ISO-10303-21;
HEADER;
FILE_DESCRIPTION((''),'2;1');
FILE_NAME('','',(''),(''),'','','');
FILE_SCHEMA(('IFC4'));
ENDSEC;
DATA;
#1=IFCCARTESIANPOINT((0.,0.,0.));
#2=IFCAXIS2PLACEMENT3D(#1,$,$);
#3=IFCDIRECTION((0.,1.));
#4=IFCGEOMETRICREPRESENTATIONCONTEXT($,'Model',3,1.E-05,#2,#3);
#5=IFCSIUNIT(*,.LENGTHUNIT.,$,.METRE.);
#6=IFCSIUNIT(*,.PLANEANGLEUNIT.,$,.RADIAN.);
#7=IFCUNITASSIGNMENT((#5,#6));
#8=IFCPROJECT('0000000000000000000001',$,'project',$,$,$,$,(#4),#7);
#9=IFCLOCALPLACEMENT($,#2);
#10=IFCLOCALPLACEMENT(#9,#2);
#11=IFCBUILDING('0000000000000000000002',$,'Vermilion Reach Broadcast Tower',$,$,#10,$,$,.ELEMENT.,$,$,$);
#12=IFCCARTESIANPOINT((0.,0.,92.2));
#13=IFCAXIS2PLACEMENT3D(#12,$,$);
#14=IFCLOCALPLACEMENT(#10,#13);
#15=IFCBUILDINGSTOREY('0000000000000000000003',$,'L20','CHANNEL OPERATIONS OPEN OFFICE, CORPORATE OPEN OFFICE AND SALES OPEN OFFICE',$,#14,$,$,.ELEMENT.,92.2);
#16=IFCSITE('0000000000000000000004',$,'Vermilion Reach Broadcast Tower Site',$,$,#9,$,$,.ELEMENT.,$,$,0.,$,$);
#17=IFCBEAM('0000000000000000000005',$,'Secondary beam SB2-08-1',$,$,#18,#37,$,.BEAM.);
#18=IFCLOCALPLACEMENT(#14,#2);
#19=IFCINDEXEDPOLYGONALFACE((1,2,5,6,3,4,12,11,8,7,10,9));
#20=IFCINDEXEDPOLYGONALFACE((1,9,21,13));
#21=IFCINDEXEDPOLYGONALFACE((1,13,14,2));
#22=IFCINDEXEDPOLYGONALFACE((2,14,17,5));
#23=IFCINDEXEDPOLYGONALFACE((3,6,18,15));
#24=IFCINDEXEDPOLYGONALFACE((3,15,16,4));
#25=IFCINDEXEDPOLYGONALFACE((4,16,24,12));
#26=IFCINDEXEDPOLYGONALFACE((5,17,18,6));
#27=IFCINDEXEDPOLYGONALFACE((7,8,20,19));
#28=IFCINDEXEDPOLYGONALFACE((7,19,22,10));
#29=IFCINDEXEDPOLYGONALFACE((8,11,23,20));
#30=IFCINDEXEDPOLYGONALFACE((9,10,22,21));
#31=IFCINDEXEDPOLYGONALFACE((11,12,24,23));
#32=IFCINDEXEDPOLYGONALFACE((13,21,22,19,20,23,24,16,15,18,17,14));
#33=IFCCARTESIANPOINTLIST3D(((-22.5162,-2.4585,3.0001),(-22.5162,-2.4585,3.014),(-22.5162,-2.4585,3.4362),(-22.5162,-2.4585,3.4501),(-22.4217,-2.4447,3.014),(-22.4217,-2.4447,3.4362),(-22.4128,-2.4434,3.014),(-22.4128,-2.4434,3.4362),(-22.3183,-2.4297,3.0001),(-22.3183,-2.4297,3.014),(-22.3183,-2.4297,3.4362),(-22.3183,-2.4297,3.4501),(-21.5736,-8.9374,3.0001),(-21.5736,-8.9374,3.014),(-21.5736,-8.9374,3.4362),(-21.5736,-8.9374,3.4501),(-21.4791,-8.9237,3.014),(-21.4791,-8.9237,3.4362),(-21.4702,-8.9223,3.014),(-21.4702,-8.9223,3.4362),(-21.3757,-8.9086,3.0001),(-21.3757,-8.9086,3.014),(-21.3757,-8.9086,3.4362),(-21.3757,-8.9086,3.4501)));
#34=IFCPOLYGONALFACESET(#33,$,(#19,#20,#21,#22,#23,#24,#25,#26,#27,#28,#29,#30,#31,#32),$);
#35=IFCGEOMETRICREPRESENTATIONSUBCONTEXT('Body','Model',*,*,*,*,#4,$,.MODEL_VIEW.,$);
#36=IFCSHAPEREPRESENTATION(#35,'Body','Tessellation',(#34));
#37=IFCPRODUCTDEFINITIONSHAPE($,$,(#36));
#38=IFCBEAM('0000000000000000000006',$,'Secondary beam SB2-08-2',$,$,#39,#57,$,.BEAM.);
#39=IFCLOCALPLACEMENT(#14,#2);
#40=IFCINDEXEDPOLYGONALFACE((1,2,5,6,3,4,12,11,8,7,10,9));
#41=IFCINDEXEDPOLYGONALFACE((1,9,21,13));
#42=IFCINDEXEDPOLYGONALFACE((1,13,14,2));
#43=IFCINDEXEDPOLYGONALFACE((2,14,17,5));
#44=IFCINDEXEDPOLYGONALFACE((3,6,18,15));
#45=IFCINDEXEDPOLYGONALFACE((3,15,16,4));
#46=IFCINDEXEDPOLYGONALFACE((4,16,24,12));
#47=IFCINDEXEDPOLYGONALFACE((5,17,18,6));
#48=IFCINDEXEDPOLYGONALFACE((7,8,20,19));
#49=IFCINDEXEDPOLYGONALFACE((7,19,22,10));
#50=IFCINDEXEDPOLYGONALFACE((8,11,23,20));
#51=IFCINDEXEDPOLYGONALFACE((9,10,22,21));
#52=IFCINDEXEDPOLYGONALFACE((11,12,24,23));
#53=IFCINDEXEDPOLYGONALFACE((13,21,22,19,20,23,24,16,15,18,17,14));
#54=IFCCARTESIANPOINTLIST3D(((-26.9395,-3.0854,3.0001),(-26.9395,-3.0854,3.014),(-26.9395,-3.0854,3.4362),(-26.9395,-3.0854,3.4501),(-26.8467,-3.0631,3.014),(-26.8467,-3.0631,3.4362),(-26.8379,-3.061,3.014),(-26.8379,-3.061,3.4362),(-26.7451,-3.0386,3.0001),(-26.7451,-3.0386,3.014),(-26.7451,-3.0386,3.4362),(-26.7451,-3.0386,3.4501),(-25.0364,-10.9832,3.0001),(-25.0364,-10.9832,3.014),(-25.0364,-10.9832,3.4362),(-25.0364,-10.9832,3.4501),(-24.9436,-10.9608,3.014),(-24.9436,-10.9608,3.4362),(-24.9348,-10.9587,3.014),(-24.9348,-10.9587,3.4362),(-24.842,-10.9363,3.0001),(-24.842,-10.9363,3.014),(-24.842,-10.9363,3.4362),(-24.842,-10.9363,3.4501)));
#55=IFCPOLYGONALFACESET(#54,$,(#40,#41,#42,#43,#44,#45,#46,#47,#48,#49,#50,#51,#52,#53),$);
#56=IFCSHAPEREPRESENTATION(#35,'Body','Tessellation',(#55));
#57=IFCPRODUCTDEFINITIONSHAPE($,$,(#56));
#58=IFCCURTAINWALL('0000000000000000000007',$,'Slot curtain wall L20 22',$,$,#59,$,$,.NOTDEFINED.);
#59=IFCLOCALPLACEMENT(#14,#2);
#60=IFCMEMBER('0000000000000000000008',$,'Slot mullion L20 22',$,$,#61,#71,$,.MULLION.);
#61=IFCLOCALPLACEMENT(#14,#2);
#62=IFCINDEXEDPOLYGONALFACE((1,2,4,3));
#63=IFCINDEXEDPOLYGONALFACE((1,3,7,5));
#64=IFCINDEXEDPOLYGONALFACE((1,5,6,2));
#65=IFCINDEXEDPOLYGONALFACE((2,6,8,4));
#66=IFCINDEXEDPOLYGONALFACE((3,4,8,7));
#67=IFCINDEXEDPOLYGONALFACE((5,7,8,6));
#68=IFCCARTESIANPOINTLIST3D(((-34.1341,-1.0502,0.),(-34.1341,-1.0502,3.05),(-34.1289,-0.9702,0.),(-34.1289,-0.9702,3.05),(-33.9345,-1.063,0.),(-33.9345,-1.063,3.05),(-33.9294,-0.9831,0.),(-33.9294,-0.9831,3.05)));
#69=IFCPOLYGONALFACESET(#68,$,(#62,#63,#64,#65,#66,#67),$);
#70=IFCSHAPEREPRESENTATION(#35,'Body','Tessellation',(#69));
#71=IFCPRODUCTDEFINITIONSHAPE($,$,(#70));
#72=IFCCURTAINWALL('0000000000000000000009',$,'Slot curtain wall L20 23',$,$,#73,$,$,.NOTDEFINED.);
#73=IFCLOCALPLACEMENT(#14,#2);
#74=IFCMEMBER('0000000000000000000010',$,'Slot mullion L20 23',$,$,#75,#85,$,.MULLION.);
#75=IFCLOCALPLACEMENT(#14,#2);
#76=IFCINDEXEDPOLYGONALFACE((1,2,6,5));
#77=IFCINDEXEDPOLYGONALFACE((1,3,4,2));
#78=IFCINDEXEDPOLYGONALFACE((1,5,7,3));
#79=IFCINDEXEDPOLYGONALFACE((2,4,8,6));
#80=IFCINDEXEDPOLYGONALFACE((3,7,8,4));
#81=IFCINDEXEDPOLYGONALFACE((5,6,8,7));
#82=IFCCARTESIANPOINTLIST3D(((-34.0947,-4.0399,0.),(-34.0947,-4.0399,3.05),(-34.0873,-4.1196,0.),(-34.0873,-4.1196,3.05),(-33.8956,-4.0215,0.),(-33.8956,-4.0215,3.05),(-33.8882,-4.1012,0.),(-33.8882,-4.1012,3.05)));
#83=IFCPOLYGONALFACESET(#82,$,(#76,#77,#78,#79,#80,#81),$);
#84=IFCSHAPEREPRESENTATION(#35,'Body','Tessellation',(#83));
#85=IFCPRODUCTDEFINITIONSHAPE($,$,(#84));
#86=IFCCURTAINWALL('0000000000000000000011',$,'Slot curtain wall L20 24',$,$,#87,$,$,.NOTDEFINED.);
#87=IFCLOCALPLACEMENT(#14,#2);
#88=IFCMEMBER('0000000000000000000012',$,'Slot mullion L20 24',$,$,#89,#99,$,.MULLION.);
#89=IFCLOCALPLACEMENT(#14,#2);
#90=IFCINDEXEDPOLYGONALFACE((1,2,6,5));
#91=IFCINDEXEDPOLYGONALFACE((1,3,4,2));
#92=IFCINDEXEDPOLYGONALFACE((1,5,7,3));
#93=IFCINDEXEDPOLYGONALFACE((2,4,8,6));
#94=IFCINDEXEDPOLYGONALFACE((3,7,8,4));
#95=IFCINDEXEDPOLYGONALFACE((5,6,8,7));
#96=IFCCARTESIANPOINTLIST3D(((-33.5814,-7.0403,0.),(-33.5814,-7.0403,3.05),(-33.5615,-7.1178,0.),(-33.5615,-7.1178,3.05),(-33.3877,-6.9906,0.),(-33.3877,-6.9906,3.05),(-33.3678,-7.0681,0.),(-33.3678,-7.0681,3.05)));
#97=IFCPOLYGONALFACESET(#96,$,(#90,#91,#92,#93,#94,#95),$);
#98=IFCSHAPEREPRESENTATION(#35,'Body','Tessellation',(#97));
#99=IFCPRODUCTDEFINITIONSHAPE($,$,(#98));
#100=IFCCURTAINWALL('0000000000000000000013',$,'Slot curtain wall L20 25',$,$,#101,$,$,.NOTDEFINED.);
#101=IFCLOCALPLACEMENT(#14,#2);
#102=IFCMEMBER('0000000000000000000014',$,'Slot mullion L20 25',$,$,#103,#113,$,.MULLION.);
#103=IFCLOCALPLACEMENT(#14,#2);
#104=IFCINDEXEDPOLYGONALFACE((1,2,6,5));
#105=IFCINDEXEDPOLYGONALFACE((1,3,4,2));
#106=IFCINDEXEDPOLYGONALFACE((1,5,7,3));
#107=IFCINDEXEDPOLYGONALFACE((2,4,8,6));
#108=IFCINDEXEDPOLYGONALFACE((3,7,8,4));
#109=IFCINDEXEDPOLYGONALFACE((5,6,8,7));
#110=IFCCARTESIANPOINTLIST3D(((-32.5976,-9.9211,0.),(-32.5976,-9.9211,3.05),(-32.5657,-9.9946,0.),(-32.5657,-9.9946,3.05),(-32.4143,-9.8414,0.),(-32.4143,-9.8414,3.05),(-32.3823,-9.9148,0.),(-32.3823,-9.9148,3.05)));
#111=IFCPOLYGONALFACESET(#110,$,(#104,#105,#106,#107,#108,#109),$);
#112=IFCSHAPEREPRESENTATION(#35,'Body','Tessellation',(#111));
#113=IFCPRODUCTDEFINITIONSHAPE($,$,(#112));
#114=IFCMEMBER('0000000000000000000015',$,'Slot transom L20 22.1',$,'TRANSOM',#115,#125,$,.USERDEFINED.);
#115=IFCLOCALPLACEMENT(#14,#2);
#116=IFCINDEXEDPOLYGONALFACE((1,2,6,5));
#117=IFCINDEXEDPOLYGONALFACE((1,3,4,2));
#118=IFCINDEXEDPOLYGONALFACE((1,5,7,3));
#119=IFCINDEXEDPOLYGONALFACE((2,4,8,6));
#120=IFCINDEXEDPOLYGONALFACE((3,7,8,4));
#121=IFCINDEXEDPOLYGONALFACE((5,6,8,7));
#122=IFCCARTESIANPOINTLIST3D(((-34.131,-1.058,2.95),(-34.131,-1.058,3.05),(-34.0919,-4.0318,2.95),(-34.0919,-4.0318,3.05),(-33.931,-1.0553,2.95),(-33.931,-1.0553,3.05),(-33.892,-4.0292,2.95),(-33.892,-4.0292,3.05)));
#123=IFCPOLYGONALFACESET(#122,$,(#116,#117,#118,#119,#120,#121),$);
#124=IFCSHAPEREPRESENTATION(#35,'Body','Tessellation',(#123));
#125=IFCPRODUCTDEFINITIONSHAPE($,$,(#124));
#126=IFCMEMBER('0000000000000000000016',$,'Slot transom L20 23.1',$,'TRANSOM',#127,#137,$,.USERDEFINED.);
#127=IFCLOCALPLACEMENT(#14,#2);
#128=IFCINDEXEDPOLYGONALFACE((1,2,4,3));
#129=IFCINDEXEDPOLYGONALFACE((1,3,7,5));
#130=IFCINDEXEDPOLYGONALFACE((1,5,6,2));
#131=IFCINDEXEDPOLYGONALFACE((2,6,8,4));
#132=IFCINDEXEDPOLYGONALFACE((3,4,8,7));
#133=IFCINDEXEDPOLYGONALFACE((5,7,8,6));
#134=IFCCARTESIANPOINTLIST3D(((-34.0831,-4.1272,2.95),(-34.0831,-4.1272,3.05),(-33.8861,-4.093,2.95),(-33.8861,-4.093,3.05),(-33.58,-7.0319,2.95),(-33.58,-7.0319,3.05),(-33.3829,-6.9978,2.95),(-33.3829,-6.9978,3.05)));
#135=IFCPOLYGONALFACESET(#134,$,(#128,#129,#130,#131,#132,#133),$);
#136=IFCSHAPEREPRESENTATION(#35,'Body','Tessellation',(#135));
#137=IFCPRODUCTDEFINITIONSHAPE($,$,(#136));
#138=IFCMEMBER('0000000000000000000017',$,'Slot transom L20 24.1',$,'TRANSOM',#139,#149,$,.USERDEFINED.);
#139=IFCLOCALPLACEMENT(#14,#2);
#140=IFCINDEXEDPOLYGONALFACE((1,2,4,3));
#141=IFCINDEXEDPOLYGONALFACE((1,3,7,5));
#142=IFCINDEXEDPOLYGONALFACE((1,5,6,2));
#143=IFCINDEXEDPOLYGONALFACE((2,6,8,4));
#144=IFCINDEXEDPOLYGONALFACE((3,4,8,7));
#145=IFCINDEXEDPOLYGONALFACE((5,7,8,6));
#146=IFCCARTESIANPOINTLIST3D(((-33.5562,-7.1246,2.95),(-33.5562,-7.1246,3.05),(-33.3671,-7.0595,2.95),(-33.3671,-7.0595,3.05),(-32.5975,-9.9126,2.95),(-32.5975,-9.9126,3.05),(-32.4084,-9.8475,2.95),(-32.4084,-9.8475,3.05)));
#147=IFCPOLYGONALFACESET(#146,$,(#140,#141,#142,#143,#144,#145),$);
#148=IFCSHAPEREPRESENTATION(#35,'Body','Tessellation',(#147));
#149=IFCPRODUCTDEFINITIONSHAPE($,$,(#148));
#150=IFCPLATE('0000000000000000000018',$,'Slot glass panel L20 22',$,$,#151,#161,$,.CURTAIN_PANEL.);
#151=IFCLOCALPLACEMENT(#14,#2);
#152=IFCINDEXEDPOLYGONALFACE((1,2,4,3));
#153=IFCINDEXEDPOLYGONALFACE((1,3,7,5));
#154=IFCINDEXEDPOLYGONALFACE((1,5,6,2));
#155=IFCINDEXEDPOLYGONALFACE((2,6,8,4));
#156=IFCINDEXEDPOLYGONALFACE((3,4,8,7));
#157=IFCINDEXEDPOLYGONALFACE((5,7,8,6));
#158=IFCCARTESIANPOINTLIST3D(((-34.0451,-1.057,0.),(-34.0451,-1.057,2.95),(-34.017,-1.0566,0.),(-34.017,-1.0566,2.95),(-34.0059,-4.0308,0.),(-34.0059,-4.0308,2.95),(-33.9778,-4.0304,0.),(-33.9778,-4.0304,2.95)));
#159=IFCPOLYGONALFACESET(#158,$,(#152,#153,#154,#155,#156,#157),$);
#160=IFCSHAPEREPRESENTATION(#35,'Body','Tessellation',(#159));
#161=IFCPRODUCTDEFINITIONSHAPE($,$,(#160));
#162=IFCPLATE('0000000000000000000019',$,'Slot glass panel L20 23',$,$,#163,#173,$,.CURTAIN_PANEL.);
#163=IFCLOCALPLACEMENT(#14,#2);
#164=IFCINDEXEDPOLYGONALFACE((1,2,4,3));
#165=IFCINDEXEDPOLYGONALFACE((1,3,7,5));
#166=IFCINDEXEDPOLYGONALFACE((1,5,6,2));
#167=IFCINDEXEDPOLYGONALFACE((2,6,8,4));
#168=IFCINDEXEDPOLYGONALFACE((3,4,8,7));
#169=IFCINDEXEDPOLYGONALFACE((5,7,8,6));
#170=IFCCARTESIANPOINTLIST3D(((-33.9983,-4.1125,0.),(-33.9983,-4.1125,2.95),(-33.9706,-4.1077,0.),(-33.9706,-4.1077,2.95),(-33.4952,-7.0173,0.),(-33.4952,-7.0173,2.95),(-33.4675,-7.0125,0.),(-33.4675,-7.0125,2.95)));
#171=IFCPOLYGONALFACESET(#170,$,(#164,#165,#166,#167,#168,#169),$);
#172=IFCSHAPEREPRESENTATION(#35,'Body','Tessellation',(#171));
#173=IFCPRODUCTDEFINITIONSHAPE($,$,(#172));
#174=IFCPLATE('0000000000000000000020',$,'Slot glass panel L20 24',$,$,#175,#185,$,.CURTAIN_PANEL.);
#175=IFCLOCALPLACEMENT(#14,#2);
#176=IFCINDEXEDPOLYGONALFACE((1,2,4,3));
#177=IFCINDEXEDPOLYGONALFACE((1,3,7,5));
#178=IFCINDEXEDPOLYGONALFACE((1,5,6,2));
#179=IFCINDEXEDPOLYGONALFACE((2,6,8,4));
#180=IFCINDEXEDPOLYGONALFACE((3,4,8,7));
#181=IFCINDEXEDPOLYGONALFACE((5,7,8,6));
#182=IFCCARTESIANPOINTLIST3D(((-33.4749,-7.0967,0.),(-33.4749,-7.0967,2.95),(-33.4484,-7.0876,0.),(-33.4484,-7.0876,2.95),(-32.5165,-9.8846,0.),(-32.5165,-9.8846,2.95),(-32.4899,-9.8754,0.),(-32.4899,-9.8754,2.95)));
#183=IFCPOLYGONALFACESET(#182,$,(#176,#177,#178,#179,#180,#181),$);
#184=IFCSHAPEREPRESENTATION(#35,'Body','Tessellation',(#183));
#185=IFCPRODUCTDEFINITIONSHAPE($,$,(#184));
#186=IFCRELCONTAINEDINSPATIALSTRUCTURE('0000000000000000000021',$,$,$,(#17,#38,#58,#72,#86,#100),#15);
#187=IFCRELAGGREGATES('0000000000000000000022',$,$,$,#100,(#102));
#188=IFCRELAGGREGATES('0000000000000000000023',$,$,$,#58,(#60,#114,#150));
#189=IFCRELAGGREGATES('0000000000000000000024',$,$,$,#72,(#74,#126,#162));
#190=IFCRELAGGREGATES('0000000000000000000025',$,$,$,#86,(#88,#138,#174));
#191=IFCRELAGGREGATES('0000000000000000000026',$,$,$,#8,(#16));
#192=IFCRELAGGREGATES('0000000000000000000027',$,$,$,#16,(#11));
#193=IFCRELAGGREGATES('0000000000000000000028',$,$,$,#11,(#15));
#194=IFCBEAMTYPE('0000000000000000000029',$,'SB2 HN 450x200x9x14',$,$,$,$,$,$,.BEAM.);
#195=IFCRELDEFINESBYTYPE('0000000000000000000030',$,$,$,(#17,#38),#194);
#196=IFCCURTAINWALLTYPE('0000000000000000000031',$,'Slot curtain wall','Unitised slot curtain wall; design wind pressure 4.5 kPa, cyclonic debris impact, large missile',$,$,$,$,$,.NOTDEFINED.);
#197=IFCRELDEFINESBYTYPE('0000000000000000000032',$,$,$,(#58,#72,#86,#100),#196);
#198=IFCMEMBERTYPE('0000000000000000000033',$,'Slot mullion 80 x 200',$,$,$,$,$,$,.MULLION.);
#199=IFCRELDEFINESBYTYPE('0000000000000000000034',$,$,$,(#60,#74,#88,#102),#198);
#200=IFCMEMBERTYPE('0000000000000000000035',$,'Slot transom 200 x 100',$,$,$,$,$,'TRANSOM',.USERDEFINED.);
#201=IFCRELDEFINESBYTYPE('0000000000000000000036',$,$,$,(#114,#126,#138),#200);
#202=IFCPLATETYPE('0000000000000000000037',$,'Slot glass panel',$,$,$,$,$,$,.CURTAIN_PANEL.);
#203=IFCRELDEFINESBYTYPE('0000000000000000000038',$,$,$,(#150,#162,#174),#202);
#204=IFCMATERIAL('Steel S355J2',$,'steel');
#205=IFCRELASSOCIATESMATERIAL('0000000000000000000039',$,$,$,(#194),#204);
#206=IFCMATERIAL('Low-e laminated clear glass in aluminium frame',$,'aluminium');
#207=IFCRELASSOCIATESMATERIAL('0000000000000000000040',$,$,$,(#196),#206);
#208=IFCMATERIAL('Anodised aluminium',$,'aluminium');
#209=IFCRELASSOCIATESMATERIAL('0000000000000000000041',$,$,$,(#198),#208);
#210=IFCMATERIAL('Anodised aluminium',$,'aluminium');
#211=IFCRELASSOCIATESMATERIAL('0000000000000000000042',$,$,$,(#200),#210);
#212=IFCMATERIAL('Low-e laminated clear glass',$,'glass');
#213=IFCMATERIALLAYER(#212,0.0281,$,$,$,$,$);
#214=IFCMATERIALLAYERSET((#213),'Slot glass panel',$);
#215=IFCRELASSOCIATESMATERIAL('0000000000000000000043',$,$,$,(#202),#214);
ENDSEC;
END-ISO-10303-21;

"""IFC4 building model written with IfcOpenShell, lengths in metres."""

from ifc_helpers import new_model, si_unit, direction, frame, origin, origin_2d, place, context, subcontext, project, spatial, rectangle, i_section, extrude, material, layer, layer_set, material_profile, profile_set, type_object, element, aggregate, save


model = new_model("IFC4")

# Units and contexts
model_context = context("Model", 3, precision=1e-05, world=origin(), true_north=direction((0.0, 1.0)))
body_context = subcontext(model_context, "Body", "Model", "MODEL_VIEW")
ifc_project = project(units=[si_unit("LENGTHUNIT", "METRE"), si_unit("PLANEANGLEUNIT", "RADIAN")], contexts=[model_context])

# Site, building, storey
site_placement = place(None, origin())
site = spatial("IfcSite", under=ifc_project, at=site_placement, Name="Vermilion Reach Broadcast Tower Site", CompositionType="ELEMENT", RefElevation=0.0)
building_placement = place(site_placement, origin())
building = spatial("IfcBuilding", under=site, at=building_placement, Name="Vermilion Reach Broadcast Tower", CompositionType="ELEMENT")
storey_placement = place(building_placement, frame((0.0, 0.0, 92.2)))
storey = spatial("IfcBuildingStorey", under=building, at=storey_placement, Name="L20", Description="CHANNEL OPERATIONS OPEN OFFICE, CORPORATE OPEN OFFICE AND SALES OPEN OFFICE", CompositionType="ELEMENT", Elevation=92.2)

# Beams
ifc_material_1 = material(Name="Steel S355J2", Category="steel")
ifc_material_profile_1 = material_profile(ifc_material_1, i_section(OverallWidth=0.2, OverallDepth=0.45, WebThickness=0.009, FlangeThickness=0.0139, at=origin_2d()), Name="S355J2 HN 450x200x9x14")
ifc_profile_set_1 = profile_set([ifc_material_profile_1], Name="Steel S355J2")
beam_type_1 = type_object("IfcBeamType", Name="SB2 HN 450x200x9x14", PredefinedType="BEAM", material=ifc_profile_set_1)
beam_1_placement = place(storey_placement, frame((-22.4172, -2.4441, 3.2251), z_axis=(0.143974, -0.989582, 0.0), x_axis=(0.989582, 0.143974, 0.0)))
element("IfcBeam", 1, at=beam_1_placement, inside=storey, type_object=beam_type_1, Name="Secondary beam SB2-08-1", PredefinedType="BEAM", context=body_context, shape_type="SweptSolid", body=[
    extrude(i_section(OverallWidth=0.2, OverallDepth=0.45, WebThickness=0.009, FlangeThickness=0.0139, at=origin_2d()), origin(), (0.0, 0.0, 1.0), 6.5471),
])
beam_2_placement = place(storey_placement, frame((-26.8423, -3.062, 3.2251), z_axis=(0.234261, -0.972174, 0.0), x_axis=(0.972174, 0.234261, 0.0)))
element("IfcBeam", 2, at=beam_2_placement, inside=storey, type_object=beam_type_1, Name="Secondary beam SB2-08-2", PredefinedType="BEAM", context=body_context, shape_type="SweptSolid", body=[
    extrude(i_section(OverallWidth=0.2, OverallDepth=0.45, WebThickness=0.009, FlangeThickness=0.0139, at=origin_2d()), origin(), (0.0, 0.0, 1.0), 8.1238),
])

# Curtain walls, members
ifc_material_2 = material(Name="Low-e laminated clear glass in aluminium frame", Category="aluminium")
curtain_wall_type = type_object("IfcCurtainWallType", Name="Slot curtain wall", Description="Unitised slot curtain wall; design wind pressure 4.5 kPa, cyclonic debris impact, large missile", PredefinedType="NOTDEFINED", material=ifc_material_2)
placement = place(storey_placement, origin())
curtain_wall_1 = element("IfcCurtainWall", 3, at=placement, inside=storey, type_object=curtain_wall_type, Name="Slot curtain wall L20 22", PredefinedType="NOTDEFINED")
ifc_material_3 = material(Name="Anodised aluminium", Category="aluminium")
ifc_material_profile_2 = material_profile(ifc_material_3, rectangle(XDim=0.2, YDim=0.0801, at=origin_2d()), Name="Slot mullion 80 x 200")
ifc_profile_set_2 = profile_set([ifc_material_profile_2], Name="Anodised aluminium")
member_type_1 = type_object("IfcMemberType", Name="Slot mullion 80 x 200", PredefinedType="MULLION", material=ifc_profile_set_2)
member_1_placement = place(storey_placement, frame((-34.0317, -1.0166, 0.0), z_axis=(0.0, 0.0, 1.0), x_axis=(0.997945, -0.06407, 0.0)))
member_1 = element("IfcMember", 4, at=member_1_placement, type_object=member_type_1, Name="Slot mullion L20 22", PredefinedType="MULLION", context=body_context, shape_type="SweptSolid", body=[
    extrude(rectangle(XDim=0.2, YDim=0.0801, at=origin_2d()), origin(), (0.0, 0.0, 1.0), 3.05),
])
curtain_wall_2 = element("IfcCurtainWall", 5, at=placement, inside=storey, type_object=curtain_wall_type, Name="Slot curtain wall L20 23", PredefinedType="NOTDEFINED")
member_2_placement = place(storey_placement, frame((-33.9915, -4.0706, 0.0), z_axis=(0.0, 0.0, 1.0), x_axis=(0.995739, 0.092216, 0.0)))
member_2 = element("IfcMember", 6, at=member_2_placement, type_object=member_type_1, Name="Slot mullion L20 23", PredefinedType="MULLION", context=body_context, shape_type="SweptSolid", body=[
    extrude(rectangle(XDim=0.2, YDim=0.0801, at=origin_2d()), origin(), (0.0, 0.0, 1.0), 3.05),
])
curtain_wall_3 = element("IfcCurtainWall", 7, at=placement, inside=storey, type_object=curtain_wall_type, Name="Slot curtain wall L20 24", PredefinedType="NOTDEFINED")
member_3_placement = place(storey_placement, frame((-33.4746, -7.0542, 0.0), z_axis=(0.0, 0.0, 1.0), x_axis=(0.968583, 0.24869, 0.0)))
member_3 = element("IfcMember", 8, at=member_3_placement, type_object=member_type_1, Name="Slot mullion L20 24", PredefinedType="MULLION", context=body_context, shape_type="SweptSolid", body=[
    extrude(rectangle(XDim=0.2, YDim=0.0801, at=origin_2d()), origin(), (0.0, 0.0, 1.0), 3.05),
])
curtain_wall_4 = element("IfcCurtainWall", 9, at=placement, inside=storey, type_object=curtain_wall_type, Name="Slot curtain wall L20 25", PredefinedType="NOTDEFINED")
member_4_placement = place(storey_placement, frame((-32.49, -9.918, 0.0), z_axis=(0.0, 0.0, 1.0), x_axis=(0.916998, 0.398891, 0.0)))
member_4 = element("IfcMember", 10, at=member_4_placement, type_object=member_type_1, Name="Slot mullion L20 25", PredefinedType="MULLION", context=body_context, shape_type="SweptSolid", body=[
    extrude(rectangle(XDim=0.2, YDim=0.0801, at=origin_2d()), origin(), (0.0, 0.0, 1.0), 3.05),
])
aggregate(curtain_wall_4, [member_4])

# Members
ifc_material_4 = material(Name="Anodised aluminium", Category="aluminium")
ifc_material_profile_3 = material_profile(ifc_material_4, rectangle(XDim=0.2, YDim=0.1001, at=origin_2d()), Name="Slot transom 200 x 100")
ifc_profile_set_3 = profile_set([ifc_material_profile_3], Name="Anodised aluminium")
member_type_2 = type_object("IfcMemberType", Name="Slot transom 200 x 100", ElementType="TRANSOM", PredefinedType="USERDEFINED", material=ifc_profile_set_3)
member_5_placement = place(storey_placement, frame((-34.031, -1.0566, 3.0), z_axis=(0.013134, -0.999914, 0.0), x_axis=(0.999914, 0.013134, 0.0)))
member_5 = element("IfcMember", 11, at=member_5_placement, type_object=member_type_2, Name="Slot transom L20 22.1", ObjectType="TRANSOM", PredefinedType="USERDEFINED", context=body_context, shape_type="SweptSolid", body=[
    extrude(rectangle(XDim=0.2, YDim=0.1001, at=origin_2d()), origin(), (0.0, 0.0, 1.0), 2.9741),
])
member_6_placement = place(storey_placement, frame((-33.9846, -4.1101, 3.0), z_axis=(0.170681, -0.985326, 0.0), x_axis=(0.985326, 0.170681, 0.0)))
member_6 = element("IfcMember", 12, at=member_6_placement, type_object=member_type_2, Name="Slot transom L20 23.1", ObjectType="TRANSOM", PredefinedType="USERDEFINED", context=body_context, shape_type="SweptSolid", body=[
    extrude(rectangle(XDim=0.2, YDim=0.1001, at=origin_2d()), origin(), (0.0, 0.0, 1.0), 2.948),
])
member_7_placement = place(storey_placement, frame((-33.4617, -7.092, 3.0), z_axis=(0.325182, -0.945652, 0.0), x_axis=(0.945652, 0.325182, 0.0)))
member_7 = element("IfcMember", 13, at=member_7_placement, type_object=member_type_2, Name="Slot transom L20 24.1", ObjectType="TRANSOM", PredefinedType="USERDEFINED", context=body_context, shape_type="SweptSolid", body=[
    extrude(rectangle(XDim=0.2, YDim=0.1001, at=origin_2d()), origin(), (0.0, 0.0, 1.0), 2.9482),
])

# Plates
ifc_material_5 = material(Name="Low-e laminated clear glass", Category="glass")
ifc_layer_1 = layer(ifc_material_5, 0.0281)
ifc_layer_set_1 = layer_set([ifc_layer_1], Name="Slot glass panel")
plate_type = type_object("IfcPlateType", Name="Slot glass panel", PredefinedType="CURTAIN_PANEL", material=ifc_layer_set_1)
plate_1_placement = place(storey_placement, frame((-34.0115, -2.5437, 0.0), z_axis=(0.0, 0.0, 1.0), x_axis=(0.013185, -0.999913, 0.0)))
plate_1 = element("IfcPlate", 14, at=plate_1_placement, type_object=plate_type, Name="Slot glass panel L20 22", PredefinedType="CURTAIN_PANEL", context=body_context, shape_type="SweptSolid", body=[
    extrude(rectangle(XDim=2.9741, YDim=0.0281, at=origin_2d()), origin(), (0.0, 0.0, 1.0), 2.95),
])
aggregate(curtain_wall_1, [member_1, member_5, plate_1])
plate_2_placement = place(storey_placement, frame((-33.7329, -5.5625, 0.0), z_axis=(0.0, 0.0, 1.0), x_axis=(0.17067, -0.985328, 0.0)))
plate_2 = element("IfcPlate", 15, at=plate_2_placement, type_object=plate_type, Name="Slot glass panel L20 23", PredefinedType="CURTAIN_PANEL", context=body_context, shape_type="SweptSolid", body=[
    extrude(rectangle(XDim=2.948, YDim=0.0281, at=origin_2d()), origin(), (0.0, 0.0, 1.0), 2.95),
])
aggregate(curtain_wall_2, [member_2, member_6, plate_2])
plate_3_placement = place(storey_placement, frame((-32.9824, -8.4861, 0.0), z_axis=(0.0, 0.0, 1.0), x_axis=(0.325126, -0.945671, 0.0)))
plate_3 = element("IfcPlate", 16, at=plate_3_placement, type_object=plate_type, Name="Slot glass panel L20 24", PredefinedType="CURTAIN_PANEL", context=body_context, shape_type="SweptSolid", body=[
    extrude(rectangle(XDim=2.948, YDim=0.0281, at=origin_2d()), origin(), (0.0, 0.0, 1.0), 2.95),
])
aggregate(curtain_wall_3, [member_3, member_7, plate_3])

save(model, "model.ifc")
